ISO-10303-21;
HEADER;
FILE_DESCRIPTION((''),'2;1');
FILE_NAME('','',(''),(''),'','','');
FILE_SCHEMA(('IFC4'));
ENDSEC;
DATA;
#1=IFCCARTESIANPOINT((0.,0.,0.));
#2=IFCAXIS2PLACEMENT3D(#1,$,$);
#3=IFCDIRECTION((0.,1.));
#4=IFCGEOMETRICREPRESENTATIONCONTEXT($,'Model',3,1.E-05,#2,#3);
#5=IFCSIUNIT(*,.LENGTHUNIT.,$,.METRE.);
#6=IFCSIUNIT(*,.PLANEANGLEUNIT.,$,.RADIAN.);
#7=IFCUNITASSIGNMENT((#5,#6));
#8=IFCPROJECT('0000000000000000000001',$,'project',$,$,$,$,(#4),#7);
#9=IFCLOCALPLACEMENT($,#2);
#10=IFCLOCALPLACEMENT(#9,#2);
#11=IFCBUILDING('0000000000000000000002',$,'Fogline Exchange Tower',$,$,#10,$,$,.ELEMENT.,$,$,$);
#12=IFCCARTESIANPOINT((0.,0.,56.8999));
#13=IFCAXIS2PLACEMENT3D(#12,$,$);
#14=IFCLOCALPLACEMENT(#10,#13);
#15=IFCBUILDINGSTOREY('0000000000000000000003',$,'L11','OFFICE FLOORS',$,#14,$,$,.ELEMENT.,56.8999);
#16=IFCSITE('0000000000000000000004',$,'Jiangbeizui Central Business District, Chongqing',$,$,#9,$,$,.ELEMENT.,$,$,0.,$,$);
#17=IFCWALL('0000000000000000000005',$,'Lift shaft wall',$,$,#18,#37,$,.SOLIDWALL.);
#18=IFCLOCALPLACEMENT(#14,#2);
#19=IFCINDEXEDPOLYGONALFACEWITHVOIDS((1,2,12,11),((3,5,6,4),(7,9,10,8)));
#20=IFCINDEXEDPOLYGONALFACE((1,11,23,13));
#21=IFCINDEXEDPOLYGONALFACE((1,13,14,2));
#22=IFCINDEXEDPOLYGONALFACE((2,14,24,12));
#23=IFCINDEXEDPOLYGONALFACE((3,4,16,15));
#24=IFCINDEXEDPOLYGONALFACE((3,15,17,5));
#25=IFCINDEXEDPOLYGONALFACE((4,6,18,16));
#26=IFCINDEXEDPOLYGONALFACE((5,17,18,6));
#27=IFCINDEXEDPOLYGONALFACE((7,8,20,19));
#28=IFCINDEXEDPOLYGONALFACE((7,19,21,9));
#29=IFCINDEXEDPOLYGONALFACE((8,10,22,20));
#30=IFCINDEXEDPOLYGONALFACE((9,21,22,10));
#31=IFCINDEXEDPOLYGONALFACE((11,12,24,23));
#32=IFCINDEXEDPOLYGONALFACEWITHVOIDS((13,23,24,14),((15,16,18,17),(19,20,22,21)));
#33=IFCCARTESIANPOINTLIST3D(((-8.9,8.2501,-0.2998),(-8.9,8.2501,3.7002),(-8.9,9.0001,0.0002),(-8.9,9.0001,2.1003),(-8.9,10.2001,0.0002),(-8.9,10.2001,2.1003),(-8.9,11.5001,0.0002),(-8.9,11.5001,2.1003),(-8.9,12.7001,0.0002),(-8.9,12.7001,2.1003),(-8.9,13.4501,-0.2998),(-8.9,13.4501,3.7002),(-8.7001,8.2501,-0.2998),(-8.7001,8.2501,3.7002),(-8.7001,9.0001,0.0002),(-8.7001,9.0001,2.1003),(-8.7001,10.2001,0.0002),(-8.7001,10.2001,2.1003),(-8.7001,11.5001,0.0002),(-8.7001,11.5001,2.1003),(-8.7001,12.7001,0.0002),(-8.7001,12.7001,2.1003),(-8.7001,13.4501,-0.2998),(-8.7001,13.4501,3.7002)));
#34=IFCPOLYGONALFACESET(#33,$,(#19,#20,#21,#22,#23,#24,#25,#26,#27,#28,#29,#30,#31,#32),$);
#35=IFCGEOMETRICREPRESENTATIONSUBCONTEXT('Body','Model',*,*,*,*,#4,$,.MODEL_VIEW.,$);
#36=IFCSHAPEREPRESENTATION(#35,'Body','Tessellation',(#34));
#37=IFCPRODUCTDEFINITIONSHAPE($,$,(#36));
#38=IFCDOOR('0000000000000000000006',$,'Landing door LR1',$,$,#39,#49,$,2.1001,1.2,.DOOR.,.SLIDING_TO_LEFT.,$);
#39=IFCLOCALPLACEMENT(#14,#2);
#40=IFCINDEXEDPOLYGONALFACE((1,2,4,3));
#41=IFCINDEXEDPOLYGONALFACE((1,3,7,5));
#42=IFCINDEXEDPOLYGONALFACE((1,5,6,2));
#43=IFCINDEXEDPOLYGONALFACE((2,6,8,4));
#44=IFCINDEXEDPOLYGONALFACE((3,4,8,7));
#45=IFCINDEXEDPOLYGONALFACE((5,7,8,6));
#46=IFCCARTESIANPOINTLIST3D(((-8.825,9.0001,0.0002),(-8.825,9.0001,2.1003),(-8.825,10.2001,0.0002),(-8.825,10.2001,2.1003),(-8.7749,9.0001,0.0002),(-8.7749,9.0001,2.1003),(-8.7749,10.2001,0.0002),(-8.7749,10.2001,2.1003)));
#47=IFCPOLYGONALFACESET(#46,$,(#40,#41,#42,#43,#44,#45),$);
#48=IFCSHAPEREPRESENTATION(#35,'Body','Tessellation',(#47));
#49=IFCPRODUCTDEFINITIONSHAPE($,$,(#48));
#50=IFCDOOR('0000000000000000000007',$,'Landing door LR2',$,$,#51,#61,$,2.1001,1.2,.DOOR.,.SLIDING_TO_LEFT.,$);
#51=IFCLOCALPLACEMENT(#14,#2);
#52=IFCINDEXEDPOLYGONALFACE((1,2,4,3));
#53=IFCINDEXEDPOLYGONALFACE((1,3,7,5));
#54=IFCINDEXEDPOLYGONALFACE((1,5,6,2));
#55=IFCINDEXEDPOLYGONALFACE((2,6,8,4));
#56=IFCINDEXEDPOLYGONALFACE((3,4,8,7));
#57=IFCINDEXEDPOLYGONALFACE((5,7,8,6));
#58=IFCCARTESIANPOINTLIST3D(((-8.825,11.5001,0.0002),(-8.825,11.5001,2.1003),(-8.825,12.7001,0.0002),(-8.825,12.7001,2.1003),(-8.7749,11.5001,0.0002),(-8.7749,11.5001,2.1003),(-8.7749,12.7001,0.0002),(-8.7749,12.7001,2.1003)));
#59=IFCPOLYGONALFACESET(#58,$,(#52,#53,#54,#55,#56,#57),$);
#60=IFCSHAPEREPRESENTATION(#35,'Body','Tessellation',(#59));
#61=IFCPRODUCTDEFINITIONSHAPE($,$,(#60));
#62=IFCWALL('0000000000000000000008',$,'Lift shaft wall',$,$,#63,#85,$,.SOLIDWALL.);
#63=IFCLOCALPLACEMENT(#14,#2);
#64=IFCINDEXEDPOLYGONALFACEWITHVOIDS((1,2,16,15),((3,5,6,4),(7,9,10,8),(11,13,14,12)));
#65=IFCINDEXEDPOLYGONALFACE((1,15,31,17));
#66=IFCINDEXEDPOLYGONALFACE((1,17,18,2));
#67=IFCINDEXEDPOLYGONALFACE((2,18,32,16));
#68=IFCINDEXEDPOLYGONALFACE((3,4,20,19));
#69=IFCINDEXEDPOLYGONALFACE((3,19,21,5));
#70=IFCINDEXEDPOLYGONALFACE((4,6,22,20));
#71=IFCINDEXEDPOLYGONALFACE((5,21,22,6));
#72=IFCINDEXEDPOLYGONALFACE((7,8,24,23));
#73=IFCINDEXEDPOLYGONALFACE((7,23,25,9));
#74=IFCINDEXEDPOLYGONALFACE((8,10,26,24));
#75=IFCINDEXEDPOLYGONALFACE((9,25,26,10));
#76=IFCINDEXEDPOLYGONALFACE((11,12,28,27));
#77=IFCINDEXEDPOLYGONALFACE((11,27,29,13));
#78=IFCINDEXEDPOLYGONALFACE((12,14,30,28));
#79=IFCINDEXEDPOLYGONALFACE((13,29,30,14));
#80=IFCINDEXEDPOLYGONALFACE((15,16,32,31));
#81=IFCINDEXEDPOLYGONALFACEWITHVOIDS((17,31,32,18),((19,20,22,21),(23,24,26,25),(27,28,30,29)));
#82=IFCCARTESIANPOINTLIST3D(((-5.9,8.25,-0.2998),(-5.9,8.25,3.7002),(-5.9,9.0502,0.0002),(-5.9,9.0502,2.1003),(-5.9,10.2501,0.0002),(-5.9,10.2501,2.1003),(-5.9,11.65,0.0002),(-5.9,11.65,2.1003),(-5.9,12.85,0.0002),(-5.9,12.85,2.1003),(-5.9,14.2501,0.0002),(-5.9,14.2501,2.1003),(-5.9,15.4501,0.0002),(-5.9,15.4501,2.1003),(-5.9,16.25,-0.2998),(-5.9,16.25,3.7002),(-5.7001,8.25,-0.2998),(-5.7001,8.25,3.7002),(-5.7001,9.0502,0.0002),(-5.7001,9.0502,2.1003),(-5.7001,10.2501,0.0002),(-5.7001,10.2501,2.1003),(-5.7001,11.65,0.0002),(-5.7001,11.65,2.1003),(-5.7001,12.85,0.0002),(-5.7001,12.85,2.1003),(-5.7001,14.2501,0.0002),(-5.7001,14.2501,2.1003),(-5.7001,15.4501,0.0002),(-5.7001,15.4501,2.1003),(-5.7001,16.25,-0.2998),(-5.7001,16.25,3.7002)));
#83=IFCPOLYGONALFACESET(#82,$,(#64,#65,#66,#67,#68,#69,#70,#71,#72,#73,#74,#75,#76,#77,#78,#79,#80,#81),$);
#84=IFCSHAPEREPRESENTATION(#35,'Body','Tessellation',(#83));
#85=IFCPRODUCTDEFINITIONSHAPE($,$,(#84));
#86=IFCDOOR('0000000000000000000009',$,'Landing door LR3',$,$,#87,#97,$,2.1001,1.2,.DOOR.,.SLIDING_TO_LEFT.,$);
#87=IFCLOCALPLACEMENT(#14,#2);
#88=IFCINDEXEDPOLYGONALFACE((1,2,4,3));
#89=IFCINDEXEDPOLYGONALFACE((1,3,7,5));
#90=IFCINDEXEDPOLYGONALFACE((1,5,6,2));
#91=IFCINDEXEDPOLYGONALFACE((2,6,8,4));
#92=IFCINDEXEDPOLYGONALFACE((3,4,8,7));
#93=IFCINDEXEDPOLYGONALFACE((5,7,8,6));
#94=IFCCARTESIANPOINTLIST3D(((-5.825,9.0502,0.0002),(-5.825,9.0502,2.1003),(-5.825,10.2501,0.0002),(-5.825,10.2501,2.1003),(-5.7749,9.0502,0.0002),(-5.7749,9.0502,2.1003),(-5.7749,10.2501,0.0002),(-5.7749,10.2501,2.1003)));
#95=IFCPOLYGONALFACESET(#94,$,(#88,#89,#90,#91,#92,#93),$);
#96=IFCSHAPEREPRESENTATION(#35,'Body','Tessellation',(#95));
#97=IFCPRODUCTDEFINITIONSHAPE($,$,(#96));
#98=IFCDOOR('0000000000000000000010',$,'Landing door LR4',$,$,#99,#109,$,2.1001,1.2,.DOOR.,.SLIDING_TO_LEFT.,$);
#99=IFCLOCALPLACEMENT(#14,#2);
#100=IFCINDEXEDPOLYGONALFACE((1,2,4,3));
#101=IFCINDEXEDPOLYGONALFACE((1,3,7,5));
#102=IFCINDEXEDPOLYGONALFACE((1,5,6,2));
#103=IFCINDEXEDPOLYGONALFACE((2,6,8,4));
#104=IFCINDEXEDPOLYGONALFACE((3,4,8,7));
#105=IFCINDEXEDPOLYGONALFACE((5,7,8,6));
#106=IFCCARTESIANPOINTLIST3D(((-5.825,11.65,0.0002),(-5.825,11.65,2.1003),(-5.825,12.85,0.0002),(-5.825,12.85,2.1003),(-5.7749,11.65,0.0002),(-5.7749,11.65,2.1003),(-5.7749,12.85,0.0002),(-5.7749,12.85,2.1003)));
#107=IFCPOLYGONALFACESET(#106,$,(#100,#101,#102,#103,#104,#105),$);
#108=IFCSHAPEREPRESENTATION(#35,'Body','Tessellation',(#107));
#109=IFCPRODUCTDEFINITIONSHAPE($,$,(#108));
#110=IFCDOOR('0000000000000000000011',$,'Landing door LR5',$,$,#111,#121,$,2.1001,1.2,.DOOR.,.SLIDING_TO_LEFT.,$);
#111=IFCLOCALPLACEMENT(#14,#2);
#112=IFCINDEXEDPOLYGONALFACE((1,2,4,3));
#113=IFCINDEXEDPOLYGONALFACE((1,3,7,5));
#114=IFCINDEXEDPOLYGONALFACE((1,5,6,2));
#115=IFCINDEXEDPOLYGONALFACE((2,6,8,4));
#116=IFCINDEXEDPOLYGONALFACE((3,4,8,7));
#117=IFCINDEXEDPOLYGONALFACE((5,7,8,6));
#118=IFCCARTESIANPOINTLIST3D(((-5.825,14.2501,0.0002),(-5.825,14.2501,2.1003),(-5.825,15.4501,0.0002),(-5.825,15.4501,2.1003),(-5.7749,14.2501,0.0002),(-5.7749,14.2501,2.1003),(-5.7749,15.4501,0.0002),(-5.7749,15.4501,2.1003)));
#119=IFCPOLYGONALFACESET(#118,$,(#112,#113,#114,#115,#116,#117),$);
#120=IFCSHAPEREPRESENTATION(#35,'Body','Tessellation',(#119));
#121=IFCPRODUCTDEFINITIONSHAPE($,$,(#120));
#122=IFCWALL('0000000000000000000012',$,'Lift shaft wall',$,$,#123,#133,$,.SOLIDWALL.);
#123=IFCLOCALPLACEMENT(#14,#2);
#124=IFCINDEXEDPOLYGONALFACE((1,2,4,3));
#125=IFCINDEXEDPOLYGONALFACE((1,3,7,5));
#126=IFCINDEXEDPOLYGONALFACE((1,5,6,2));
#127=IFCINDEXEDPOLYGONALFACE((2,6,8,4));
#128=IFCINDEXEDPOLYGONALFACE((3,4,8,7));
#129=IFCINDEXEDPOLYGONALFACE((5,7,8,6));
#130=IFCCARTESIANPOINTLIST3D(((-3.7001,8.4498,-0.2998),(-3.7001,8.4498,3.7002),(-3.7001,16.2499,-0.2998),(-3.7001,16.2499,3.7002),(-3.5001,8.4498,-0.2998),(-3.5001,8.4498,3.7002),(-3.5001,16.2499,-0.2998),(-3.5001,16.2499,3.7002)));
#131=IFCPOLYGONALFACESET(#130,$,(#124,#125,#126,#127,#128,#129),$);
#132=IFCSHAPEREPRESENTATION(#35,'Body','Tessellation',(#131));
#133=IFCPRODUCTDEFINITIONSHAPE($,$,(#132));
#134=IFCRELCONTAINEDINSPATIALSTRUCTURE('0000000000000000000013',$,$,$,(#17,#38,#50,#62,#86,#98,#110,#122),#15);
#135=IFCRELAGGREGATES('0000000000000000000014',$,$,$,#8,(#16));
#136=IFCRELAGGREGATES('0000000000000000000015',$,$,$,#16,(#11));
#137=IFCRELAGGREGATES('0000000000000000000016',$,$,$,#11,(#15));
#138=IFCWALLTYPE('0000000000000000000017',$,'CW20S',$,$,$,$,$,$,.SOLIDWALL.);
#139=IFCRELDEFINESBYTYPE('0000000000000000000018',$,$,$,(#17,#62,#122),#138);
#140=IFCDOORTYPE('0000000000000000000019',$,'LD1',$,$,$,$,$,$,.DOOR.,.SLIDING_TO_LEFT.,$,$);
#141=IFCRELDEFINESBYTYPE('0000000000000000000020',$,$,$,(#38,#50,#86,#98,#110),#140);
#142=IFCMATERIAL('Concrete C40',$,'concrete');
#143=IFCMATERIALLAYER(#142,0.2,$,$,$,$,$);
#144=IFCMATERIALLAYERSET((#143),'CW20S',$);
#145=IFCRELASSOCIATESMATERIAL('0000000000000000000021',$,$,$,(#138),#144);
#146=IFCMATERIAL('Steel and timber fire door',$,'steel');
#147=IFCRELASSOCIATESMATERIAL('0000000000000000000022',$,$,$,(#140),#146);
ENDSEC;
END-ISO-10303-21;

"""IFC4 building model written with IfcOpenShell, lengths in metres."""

from ifc_helpers import new_model, si_unit, direction, frame, frame_2d, origin, place, context, subcontext, project, spatial, rectangle, extrude, material, layer, layer_set, type_object, element, fill, save


model = new_model("IFC4")

# Units and contexts
model_context = context("Model", 3, precision=1e-05, world=origin(), true_north=direction((0.0, 1.0)))
body_context = subcontext(model_context, "Body", "Model", "MODEL_VIEW")
ifc_project = project(units=[si_unit("LENGTHUNIT", "METRE"), si_unit("PLANEANGLEUNIT", "RADIAN")], contexts=[model_context])

# Site, building, storey
site_placement = place(None, origin())
site = spatial("IfcSite", under=ifc_project, at=site_placement, Name="Jiangbeizui Central Business District, Chongqing", CompositionType="ELEMENT", RefElevation=0.0)
building_placement = place(site_placement, origin())
building = spatial("IfcBuilding", under=site, at=building_placement, Name="Fogline Exchange Tower", CompositionType="ELEMENT")
storey_placement = place(building_placement, frame((0.0, 0.0, 56.8999)))
storey = spatial("IfcBuildingStorey", under=building, at=storey_placement, Name="L11", Description="OFFICE FLOORS", CompositionType="ELEMENT", Elevation=56.8999)

# Shared definitions
ifc_material_1 = material(Name="Steel and timber fire door", Category="steel")

# Shared definitions
ifc_material_2 = material(Name="Concrete C40", Category="concrete")

# Walls, openings, doors
ifc_layer_1 = layer(ifc_material_2, 0.2)
ifc_layer_set_1 = layer_set([ifc_layer_1], Name="CW20S")
wall_type_1 = type_object("IfcWallType", Name="CW20S", PredefinedType="SOLIDWALL", material=ifc_layer_set_1)
wall_1_placement = place(storey_placement, frame((-8.8, 8.25, -0.2998), z_axis=(0.0, 0.0, 1.0), x_axis=(0.0, 1.0, 0.0)))
wall_1 = element("IfcWall", 1, at=wall_1_placement, inside=storey, type_object=wall_type_1, Name="Lift shaft wall", PredefinedType="SOLIDWALL", context=body_context, shape_type="SweptSolid", body=[
    extrude(rectangle(XDim=5.2, YDim=0.2, at=frame_2d((2.6001, 0.0))), origin(), (0.0, 0.0, 1.0), 4.0),
])
opening_1_placement = place(wall_1_placement, frame((0.75, 0.0, 0.3)))
opening_1 = element("IfcOpeningElement", 2, at=opening_1_placement, cuts=wall_1, PredefinedType="OPENING", context=body_context, shape_type="SweptSolid", body=[
    extrude(rectangle(XDim=1.2, YDim=2.1001, at=frame_2d((0.6001, 1.05))), frame((0.0, 0.1099, 0.0), z_axis=(0.0, -1.0, 0.0), x_axis=(1.0, 0.0, 0.0)), (0.0, 0.0, 1.0), 0.22),
])
opening_2_placement = place(wall_1_placement, frame((3.25, 0.0, 0.3)))
opening_2 = element("IfcOpeningElement", 3, at=opening_2_placement, cuts=wall_1, PredefinedType="OPENING", context=body_context, shape_type="SweptSolid", body=[
    extrude(rectangle(XDim=1.2, YDim=2.1001, at=frame_2d((0.6001, 1.05))), frame((0.0, 0.1099, 0.0), z_axis=(0.0, -1.0, 0.0), x_axis=(1.0, 0.0, 0.0)), (0.0, 0.0, 1.0), 0.22),
])
door_type_1 = type_object("IfcDoorType", Name="LD1", OperationType="SLIDING_TO_LEFT", PredefinedType="DOOR", material=ifc_material_1)
door_1_placement = place(opening_1_placement, origin())
door_1 = element("IfcDoor", 4, at=door_1_placement, inside=storey, type_object=door_type_1, Name="Landing door LR1", OperationType="SLIDING_TO_LEFT", OverallHeight=2.1001, OverallWidth=1.2, PredefinedType="DOOR", context=body_context, shape_type="SweptSolid", body=[
    extrude(rectangle(XDim=1.2, YDim=2.1001, at=frame_2d((0.6001, 1.05))), frame((0.0, 0.0249, 0.0), z_axis=(0.0, -1.0, 0.0), x_axis=(1.0, 0.0, 0.0)), (0.0, 0.0, 1.0), 0.05),
])
fill(opening_1, door_1)
door_2_placement = place(opening_2_placement, origin())
door_2 = element("IfcDoor", 5, at=door_2_placement, inside=storey, type_object=door_type_1, Name="Landing door LR2", OperationType="SLIDING_TO_LEFT", OverallHeight=2.1001, OverallWidth=1.2, PredefinedType="DOOR", context=body_context, shape_type="SweptSolid", body=[
    extrude(rectangle(XDim=1.2, YDim=2.1001, at=frame_2d((0.6001, 1.05))), frame((0.0, 0.0249, 0.0), z_axis=(0.0, -1.0, 0.0), x_axis=(1.0, 0.0, 0.0)), (0.0, 0.0, 1.0), 0.05),
])
fill(opening_2, door_2)
wall_2_placement = place(storey_placement, frame((-5.8, 8.25, -0.2998), z_axis=(0.0, 0.0, 1.0), x_axis=(0.0, 1.0, 0.0)))
wall_2 = element("IfcWall", 6, at=wall_2_placement, inside=storey, type_object=wall_type_1, Name="Lift shaft wall", PredefinedType="SOLIDWALL", context=body_context, shape_type="SweptSolid", body=[
    extrude(rectangle(XDim=8.0, YDim=0.2, at=frame_2d((4.0, 0.0))), origin(), (0.0, 0.0, 1.0), 4.0),
])
opening_3_placement = place(wall_2_placement, frame((0.8, 0.0, 0.3)))
opening_3 = element("IfcOpeningElement", 7, at=opening_3_placement, cuts=wall_2, PredefinedType="OPENING", context=body_context, shape_type="SweptSolid", body=[
    extrude(rectangle(XDim=1.2, YDim=2.1001, at=frame_2d((0.6001, 1.05))), frame((0.0, 0.1099, 0.0), z_axis=(0.0, -1.0, 0.0), x_axis=(1.0, 0.0, 0.0)), (0.0, 0.0, 1.0), 0.22),
])
opening_4_placement = place(wall_2_placement, frame((3.3999, 0.0, 0.3)))
opening_4 = element("IfcOpeningElement", 8, at=opening_4_placement, cuts=wall_2, PredefinedType="OPENING", context=body_context, shape_type="SweptSolid", body=[
    extrude(rectangle(XDim=1.2, YDim=2.1001, at=frame_2d((0.6001, 1.05))), frame((0.0, 0.1099, 0.0), z_axis=(0.0, -1.0, 0.0), x_axis=(1.0, 0.0, 0.0)), (0.0, 0.0, 1.0), 0.22),
])
opening_5_placement = place(wall_2_placement, frame((6.0, 0.0, 0.3)))
opening_5 = element("IfcOpeningElement", 9, at=opening_5_placement, cuts=wall_2, PredefinedType="OPENING", context=body_context, shape_type="SweptSolid", body=[
    extrude(rectangle(XDim=1.2, YDim=2.1001, at=frame_2d((0.6001, 1.05))), frame((0.0, 0.1099, 0.0), z_axis=(0.0, -1.0, 0.0), x_axis=(1.0, 0.0, 0.0)), (0.0, 0.0, 1.0), 0.22),
])
door_3_placement = place(opening_3_placement, origin())
door_3 = element("IfcDoor", 10, at=door_3_placement, inside=storey, type_object=door_type_1, Name="Landing door LR3", OperationType="SLIDING_TO_LEFT", OverallHeight=2.1001, OverallWidth=1.2, PredefinedType="DOOR", context=body_context, shape_type="SweptSolid", body=[
    extrude(rectangle(XDim=1.2, YDim=2.1001, at=frame_2d((0.6001, 1.05))), frame((0.0, 0.0249, 0.0), z_axis=(0.0, -1.0, 0.0), x_axis=(1.0, 0.0, 0.0)), (0.0, 0.0, 1.0), 0.05),
])
fill(opening_3, door_3)
door_4_placement = place(opening_4_placement, origin())
door_4 = element("IfcDoor", 11, at=door_4_placement, inside=storey, type_object=door_type_1, Name="Landing door LR4", OperationType="SLIDING_TO_LEFT", OverallHeight=2.1001, OverallWidth=1.2, PredefinedType="DOOR", context=body_context, shape_type="SweptSolid", body=[
    extrude(rectangle(XDim=1.2, YDim=2.1001, at=frame_2d((0.6001, 1.05))), frame((0.0, 0.0249, 0.0), z_axis=(0.0, -1.0, 0.0), x_axis=(1.0, 0.0, 0.0)), (0.0, 0.0, 1.0), 0.05),
])
fill(opening_4, door_4)
door_5_placement = place(opening_5_placement, origin())
door_5 = element("IfcDoor", 12, at=door_5_placement, inside=storey, type_object=door_type_1, Name="Landing door LR5", OperationType="SLIDING_TO_LEFT", OverallHeight=2.1001, OverallWidth=1.2, PredefinedType="DOOR", context=body_context, shape_type="SweptSolid", body=[
    extrude(rectangle(XDim=1.2, YDim=2.1001, at=frame_2d((0.6001, 1.05))), frame((0.0, 0.0249, 0.0), z_axis=(0.0, -1.0, 0.0), x_axis=(1.0, 0.0, 0.0)), (0.0, 0.0, 1.0), 0.05),
])
fill(opening_5, door_5)

# Wall
wall_3_placement = place(storey_placement, frame((-3.6001, 8.45, -0.2998), z_axis=(0.0, 0.0, 1.0), x_axis=(0.0, 1.0, 0.0)))
element("IfcWall", 13, at=wall_3_placement, inside=storey, type_object=wall_type_1, Name="Lift shaft wall", PredefinedType="SOLIDWALL", context=body_context, shape_type="SweptSolid", body=[
    extrude(rectangle(XDim=7.8, YDim=0.2, at=frame_2d((3.8999, 0.0))), origin(), (0.0, 0.0, 1.0), 4.0),
])

save(model, "model.ifc")
